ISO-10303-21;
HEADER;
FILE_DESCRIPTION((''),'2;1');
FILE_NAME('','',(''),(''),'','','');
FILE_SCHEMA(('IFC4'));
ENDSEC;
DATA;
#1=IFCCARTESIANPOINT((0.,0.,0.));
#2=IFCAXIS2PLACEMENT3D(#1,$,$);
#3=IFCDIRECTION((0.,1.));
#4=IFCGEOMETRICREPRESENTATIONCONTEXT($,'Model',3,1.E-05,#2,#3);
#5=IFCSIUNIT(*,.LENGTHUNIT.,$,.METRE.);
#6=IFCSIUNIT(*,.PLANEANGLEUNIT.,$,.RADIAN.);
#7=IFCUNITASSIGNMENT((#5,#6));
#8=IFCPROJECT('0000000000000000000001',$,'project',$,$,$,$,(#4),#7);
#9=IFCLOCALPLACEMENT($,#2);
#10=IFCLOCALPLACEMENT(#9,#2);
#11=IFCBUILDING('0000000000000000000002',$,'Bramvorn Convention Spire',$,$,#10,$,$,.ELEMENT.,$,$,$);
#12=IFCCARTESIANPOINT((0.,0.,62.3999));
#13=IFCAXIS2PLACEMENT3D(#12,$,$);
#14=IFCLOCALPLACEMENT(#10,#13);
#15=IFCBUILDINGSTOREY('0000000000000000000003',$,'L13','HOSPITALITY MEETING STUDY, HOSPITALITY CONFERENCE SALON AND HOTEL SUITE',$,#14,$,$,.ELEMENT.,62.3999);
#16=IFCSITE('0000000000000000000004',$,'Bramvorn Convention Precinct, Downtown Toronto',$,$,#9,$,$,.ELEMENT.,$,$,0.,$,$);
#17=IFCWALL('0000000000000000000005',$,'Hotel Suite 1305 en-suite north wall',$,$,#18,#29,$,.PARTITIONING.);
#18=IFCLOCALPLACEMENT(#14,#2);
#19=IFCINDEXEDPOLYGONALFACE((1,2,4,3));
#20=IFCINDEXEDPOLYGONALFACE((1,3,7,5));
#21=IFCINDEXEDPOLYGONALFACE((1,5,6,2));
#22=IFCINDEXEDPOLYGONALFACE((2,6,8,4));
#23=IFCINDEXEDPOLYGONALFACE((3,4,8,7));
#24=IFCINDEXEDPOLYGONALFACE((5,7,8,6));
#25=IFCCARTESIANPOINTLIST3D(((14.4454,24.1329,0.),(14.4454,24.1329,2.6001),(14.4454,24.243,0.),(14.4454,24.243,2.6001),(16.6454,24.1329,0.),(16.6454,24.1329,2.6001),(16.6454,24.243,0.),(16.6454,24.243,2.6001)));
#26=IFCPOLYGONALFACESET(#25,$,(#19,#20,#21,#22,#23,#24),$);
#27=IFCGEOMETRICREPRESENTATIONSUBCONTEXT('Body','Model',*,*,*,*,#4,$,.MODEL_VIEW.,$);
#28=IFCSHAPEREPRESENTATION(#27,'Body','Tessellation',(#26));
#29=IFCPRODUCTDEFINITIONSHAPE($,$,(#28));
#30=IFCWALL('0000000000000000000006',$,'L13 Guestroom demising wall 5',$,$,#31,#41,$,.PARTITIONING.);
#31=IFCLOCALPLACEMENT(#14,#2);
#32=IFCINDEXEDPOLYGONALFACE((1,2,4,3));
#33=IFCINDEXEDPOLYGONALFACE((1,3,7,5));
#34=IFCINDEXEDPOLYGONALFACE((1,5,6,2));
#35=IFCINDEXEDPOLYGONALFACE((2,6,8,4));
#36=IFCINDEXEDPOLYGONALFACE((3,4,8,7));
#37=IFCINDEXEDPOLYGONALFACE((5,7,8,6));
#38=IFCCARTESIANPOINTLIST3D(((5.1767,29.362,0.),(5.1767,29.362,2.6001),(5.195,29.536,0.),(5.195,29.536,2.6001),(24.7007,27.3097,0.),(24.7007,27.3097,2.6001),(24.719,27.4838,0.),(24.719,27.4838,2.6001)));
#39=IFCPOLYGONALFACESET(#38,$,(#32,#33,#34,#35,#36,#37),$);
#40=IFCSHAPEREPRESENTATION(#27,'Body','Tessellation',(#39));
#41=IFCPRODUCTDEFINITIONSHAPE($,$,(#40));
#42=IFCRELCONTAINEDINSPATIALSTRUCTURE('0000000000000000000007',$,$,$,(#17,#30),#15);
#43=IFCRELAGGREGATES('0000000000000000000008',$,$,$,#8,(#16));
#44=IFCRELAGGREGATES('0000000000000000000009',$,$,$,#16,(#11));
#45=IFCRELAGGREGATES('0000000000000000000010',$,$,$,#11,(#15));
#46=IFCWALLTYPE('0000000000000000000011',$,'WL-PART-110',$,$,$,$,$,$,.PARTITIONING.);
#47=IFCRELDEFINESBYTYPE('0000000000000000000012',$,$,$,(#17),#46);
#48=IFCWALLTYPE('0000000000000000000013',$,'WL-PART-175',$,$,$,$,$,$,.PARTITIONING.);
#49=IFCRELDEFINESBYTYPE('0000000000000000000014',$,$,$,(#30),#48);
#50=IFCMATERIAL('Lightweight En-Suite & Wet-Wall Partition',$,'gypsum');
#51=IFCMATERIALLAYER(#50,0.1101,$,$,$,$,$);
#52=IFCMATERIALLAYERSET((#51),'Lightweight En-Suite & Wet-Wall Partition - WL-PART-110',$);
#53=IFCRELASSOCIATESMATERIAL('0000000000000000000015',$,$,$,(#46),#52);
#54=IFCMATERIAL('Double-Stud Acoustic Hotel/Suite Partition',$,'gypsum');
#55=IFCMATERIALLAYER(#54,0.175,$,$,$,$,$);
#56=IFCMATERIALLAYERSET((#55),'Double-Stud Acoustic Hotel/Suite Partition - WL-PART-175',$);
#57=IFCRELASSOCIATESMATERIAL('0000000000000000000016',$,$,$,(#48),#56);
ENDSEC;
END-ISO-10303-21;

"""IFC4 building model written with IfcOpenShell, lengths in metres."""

from ifc_helpers import new_model, si_unit, direction, frame, frame_2d, origin, place, context, subcontext, project, spatial, rectangle, extrude, material, layer, layer_set, type_object, element, save


model = new_model("IFC4")

# Units and contexts
model_context = context("Model", 3, precision=1e-05, world=origin(), true_north=direction((0.0, 1.0)))
body_context = subcontext(model_context, "Body", "Model", "MODEL_VIEW")
ifc_project = project(units=[si_unit("LENGTHUNIT", "METRE"), si_unit("PLANEANGLEUNIT", "RADIAN")], contexts=[model_context])

# Site, building, storey
site_placement = place(None, origin())
site = spatial("IfcSite", under=ifc_project, at=site_placement, Name="Bramvorn Convention Precinct, Downtown Toronto", CompositionType="ELEMENT", RefElevation=0.0)
building_placement = place(site_placement, origin())
building = spatial("IfcBuilding", under=site, at=building_placement, Name="Bramvorn Convention Spire", CompositionType="ELEMENT")
storey_placement = place(building_placement, frame((0.0, 0.0, 62.3999)))
storey = spatial("IfcBuildingStorey", under=building, at=storey_placement, Name="L13", Description="HOSPITALITY MEETING STUDY, HOSPITALITY CONFERENCE SALON AND HOTEL SUITE", CompositionType="ELEMENT", Elevation=62.3999)

# Walls
ifc_material_1 = material(Name="Lightweight En-Suite & Wet-Wall Partition", Category="gypsum")
ifc_layer_1 = layer(ifc_material_1, 0.1101)
ifc_layer_set_1 = layer_set([ifc_layer_1], Name="Lightweight En-Suite & Wet-Wall Partition - WL-PART-110")
wall_type_1 = type_object("IfcWallType", Name="WL-PART-110", PredefinedType="PARTITIONING", material=ifc_layer_set_1)
wall_1_placement = place(storey_placement, frame((14.4453, 24.188, 0.0), z_axis=(0.0, 0.0, 1.0), x_axis=(1.0, 0.0, 0.0)))
element("IfcWall", 1, at=wall_1_placement, inside=storey, type_object=wall_type_1, Name="Hotel Suite 1305 en-suite north wall", PredefinedType="PARTITIONING", context=body_context, shape_type="SweptSolid", body=[
    extrude(rectangle(XDim=2.2, YDim=0.1101, at=frame_2d((1.1001, 0.0))), origin(), (0.0, 0.0, 1.0), 2.6001),
])
ifc_material_2 = material(Name="Double-Stud Acoustic Hotel/Suite Partition", Category="gypsum")
ifc_layer_2 = layer(ifc_material_2, 0.175)
ifc_layer_set_2 = layer_set([ifc_layer_2], Name="Double-Stud Acoustic Hotel/Suite Partition - WL-PART-175")
wall_type_2 = type_object("IfcWallType", Name="WL-PART-175", PredefinedType="PARTITIONING", material=ifc_layer_set_2)
wall_2_placement = place(storey_placement, frame((24.71, 27.3967, 0.0), z_axis=(0.0, 0.0, 1.0), x_axis=(-0.994521, 0.104538, 0.0)))
element("IfcWall", 2, at=wall_2_placement, inside=storey, type_object=wall_type_2, Name="L13 Guestroom demising wall 5", PredefinedType="PARTITIONING", context=body_context, shape_type="SweptSolid", body=[
    extrude(rectangle(XDim=19.6316, YDim=0.175, at=frame_2d((9.8159, 0.0))), origin(), (0.0, 0.0, 1.0), 2.6001),
])

save(model, "model.ifc")
